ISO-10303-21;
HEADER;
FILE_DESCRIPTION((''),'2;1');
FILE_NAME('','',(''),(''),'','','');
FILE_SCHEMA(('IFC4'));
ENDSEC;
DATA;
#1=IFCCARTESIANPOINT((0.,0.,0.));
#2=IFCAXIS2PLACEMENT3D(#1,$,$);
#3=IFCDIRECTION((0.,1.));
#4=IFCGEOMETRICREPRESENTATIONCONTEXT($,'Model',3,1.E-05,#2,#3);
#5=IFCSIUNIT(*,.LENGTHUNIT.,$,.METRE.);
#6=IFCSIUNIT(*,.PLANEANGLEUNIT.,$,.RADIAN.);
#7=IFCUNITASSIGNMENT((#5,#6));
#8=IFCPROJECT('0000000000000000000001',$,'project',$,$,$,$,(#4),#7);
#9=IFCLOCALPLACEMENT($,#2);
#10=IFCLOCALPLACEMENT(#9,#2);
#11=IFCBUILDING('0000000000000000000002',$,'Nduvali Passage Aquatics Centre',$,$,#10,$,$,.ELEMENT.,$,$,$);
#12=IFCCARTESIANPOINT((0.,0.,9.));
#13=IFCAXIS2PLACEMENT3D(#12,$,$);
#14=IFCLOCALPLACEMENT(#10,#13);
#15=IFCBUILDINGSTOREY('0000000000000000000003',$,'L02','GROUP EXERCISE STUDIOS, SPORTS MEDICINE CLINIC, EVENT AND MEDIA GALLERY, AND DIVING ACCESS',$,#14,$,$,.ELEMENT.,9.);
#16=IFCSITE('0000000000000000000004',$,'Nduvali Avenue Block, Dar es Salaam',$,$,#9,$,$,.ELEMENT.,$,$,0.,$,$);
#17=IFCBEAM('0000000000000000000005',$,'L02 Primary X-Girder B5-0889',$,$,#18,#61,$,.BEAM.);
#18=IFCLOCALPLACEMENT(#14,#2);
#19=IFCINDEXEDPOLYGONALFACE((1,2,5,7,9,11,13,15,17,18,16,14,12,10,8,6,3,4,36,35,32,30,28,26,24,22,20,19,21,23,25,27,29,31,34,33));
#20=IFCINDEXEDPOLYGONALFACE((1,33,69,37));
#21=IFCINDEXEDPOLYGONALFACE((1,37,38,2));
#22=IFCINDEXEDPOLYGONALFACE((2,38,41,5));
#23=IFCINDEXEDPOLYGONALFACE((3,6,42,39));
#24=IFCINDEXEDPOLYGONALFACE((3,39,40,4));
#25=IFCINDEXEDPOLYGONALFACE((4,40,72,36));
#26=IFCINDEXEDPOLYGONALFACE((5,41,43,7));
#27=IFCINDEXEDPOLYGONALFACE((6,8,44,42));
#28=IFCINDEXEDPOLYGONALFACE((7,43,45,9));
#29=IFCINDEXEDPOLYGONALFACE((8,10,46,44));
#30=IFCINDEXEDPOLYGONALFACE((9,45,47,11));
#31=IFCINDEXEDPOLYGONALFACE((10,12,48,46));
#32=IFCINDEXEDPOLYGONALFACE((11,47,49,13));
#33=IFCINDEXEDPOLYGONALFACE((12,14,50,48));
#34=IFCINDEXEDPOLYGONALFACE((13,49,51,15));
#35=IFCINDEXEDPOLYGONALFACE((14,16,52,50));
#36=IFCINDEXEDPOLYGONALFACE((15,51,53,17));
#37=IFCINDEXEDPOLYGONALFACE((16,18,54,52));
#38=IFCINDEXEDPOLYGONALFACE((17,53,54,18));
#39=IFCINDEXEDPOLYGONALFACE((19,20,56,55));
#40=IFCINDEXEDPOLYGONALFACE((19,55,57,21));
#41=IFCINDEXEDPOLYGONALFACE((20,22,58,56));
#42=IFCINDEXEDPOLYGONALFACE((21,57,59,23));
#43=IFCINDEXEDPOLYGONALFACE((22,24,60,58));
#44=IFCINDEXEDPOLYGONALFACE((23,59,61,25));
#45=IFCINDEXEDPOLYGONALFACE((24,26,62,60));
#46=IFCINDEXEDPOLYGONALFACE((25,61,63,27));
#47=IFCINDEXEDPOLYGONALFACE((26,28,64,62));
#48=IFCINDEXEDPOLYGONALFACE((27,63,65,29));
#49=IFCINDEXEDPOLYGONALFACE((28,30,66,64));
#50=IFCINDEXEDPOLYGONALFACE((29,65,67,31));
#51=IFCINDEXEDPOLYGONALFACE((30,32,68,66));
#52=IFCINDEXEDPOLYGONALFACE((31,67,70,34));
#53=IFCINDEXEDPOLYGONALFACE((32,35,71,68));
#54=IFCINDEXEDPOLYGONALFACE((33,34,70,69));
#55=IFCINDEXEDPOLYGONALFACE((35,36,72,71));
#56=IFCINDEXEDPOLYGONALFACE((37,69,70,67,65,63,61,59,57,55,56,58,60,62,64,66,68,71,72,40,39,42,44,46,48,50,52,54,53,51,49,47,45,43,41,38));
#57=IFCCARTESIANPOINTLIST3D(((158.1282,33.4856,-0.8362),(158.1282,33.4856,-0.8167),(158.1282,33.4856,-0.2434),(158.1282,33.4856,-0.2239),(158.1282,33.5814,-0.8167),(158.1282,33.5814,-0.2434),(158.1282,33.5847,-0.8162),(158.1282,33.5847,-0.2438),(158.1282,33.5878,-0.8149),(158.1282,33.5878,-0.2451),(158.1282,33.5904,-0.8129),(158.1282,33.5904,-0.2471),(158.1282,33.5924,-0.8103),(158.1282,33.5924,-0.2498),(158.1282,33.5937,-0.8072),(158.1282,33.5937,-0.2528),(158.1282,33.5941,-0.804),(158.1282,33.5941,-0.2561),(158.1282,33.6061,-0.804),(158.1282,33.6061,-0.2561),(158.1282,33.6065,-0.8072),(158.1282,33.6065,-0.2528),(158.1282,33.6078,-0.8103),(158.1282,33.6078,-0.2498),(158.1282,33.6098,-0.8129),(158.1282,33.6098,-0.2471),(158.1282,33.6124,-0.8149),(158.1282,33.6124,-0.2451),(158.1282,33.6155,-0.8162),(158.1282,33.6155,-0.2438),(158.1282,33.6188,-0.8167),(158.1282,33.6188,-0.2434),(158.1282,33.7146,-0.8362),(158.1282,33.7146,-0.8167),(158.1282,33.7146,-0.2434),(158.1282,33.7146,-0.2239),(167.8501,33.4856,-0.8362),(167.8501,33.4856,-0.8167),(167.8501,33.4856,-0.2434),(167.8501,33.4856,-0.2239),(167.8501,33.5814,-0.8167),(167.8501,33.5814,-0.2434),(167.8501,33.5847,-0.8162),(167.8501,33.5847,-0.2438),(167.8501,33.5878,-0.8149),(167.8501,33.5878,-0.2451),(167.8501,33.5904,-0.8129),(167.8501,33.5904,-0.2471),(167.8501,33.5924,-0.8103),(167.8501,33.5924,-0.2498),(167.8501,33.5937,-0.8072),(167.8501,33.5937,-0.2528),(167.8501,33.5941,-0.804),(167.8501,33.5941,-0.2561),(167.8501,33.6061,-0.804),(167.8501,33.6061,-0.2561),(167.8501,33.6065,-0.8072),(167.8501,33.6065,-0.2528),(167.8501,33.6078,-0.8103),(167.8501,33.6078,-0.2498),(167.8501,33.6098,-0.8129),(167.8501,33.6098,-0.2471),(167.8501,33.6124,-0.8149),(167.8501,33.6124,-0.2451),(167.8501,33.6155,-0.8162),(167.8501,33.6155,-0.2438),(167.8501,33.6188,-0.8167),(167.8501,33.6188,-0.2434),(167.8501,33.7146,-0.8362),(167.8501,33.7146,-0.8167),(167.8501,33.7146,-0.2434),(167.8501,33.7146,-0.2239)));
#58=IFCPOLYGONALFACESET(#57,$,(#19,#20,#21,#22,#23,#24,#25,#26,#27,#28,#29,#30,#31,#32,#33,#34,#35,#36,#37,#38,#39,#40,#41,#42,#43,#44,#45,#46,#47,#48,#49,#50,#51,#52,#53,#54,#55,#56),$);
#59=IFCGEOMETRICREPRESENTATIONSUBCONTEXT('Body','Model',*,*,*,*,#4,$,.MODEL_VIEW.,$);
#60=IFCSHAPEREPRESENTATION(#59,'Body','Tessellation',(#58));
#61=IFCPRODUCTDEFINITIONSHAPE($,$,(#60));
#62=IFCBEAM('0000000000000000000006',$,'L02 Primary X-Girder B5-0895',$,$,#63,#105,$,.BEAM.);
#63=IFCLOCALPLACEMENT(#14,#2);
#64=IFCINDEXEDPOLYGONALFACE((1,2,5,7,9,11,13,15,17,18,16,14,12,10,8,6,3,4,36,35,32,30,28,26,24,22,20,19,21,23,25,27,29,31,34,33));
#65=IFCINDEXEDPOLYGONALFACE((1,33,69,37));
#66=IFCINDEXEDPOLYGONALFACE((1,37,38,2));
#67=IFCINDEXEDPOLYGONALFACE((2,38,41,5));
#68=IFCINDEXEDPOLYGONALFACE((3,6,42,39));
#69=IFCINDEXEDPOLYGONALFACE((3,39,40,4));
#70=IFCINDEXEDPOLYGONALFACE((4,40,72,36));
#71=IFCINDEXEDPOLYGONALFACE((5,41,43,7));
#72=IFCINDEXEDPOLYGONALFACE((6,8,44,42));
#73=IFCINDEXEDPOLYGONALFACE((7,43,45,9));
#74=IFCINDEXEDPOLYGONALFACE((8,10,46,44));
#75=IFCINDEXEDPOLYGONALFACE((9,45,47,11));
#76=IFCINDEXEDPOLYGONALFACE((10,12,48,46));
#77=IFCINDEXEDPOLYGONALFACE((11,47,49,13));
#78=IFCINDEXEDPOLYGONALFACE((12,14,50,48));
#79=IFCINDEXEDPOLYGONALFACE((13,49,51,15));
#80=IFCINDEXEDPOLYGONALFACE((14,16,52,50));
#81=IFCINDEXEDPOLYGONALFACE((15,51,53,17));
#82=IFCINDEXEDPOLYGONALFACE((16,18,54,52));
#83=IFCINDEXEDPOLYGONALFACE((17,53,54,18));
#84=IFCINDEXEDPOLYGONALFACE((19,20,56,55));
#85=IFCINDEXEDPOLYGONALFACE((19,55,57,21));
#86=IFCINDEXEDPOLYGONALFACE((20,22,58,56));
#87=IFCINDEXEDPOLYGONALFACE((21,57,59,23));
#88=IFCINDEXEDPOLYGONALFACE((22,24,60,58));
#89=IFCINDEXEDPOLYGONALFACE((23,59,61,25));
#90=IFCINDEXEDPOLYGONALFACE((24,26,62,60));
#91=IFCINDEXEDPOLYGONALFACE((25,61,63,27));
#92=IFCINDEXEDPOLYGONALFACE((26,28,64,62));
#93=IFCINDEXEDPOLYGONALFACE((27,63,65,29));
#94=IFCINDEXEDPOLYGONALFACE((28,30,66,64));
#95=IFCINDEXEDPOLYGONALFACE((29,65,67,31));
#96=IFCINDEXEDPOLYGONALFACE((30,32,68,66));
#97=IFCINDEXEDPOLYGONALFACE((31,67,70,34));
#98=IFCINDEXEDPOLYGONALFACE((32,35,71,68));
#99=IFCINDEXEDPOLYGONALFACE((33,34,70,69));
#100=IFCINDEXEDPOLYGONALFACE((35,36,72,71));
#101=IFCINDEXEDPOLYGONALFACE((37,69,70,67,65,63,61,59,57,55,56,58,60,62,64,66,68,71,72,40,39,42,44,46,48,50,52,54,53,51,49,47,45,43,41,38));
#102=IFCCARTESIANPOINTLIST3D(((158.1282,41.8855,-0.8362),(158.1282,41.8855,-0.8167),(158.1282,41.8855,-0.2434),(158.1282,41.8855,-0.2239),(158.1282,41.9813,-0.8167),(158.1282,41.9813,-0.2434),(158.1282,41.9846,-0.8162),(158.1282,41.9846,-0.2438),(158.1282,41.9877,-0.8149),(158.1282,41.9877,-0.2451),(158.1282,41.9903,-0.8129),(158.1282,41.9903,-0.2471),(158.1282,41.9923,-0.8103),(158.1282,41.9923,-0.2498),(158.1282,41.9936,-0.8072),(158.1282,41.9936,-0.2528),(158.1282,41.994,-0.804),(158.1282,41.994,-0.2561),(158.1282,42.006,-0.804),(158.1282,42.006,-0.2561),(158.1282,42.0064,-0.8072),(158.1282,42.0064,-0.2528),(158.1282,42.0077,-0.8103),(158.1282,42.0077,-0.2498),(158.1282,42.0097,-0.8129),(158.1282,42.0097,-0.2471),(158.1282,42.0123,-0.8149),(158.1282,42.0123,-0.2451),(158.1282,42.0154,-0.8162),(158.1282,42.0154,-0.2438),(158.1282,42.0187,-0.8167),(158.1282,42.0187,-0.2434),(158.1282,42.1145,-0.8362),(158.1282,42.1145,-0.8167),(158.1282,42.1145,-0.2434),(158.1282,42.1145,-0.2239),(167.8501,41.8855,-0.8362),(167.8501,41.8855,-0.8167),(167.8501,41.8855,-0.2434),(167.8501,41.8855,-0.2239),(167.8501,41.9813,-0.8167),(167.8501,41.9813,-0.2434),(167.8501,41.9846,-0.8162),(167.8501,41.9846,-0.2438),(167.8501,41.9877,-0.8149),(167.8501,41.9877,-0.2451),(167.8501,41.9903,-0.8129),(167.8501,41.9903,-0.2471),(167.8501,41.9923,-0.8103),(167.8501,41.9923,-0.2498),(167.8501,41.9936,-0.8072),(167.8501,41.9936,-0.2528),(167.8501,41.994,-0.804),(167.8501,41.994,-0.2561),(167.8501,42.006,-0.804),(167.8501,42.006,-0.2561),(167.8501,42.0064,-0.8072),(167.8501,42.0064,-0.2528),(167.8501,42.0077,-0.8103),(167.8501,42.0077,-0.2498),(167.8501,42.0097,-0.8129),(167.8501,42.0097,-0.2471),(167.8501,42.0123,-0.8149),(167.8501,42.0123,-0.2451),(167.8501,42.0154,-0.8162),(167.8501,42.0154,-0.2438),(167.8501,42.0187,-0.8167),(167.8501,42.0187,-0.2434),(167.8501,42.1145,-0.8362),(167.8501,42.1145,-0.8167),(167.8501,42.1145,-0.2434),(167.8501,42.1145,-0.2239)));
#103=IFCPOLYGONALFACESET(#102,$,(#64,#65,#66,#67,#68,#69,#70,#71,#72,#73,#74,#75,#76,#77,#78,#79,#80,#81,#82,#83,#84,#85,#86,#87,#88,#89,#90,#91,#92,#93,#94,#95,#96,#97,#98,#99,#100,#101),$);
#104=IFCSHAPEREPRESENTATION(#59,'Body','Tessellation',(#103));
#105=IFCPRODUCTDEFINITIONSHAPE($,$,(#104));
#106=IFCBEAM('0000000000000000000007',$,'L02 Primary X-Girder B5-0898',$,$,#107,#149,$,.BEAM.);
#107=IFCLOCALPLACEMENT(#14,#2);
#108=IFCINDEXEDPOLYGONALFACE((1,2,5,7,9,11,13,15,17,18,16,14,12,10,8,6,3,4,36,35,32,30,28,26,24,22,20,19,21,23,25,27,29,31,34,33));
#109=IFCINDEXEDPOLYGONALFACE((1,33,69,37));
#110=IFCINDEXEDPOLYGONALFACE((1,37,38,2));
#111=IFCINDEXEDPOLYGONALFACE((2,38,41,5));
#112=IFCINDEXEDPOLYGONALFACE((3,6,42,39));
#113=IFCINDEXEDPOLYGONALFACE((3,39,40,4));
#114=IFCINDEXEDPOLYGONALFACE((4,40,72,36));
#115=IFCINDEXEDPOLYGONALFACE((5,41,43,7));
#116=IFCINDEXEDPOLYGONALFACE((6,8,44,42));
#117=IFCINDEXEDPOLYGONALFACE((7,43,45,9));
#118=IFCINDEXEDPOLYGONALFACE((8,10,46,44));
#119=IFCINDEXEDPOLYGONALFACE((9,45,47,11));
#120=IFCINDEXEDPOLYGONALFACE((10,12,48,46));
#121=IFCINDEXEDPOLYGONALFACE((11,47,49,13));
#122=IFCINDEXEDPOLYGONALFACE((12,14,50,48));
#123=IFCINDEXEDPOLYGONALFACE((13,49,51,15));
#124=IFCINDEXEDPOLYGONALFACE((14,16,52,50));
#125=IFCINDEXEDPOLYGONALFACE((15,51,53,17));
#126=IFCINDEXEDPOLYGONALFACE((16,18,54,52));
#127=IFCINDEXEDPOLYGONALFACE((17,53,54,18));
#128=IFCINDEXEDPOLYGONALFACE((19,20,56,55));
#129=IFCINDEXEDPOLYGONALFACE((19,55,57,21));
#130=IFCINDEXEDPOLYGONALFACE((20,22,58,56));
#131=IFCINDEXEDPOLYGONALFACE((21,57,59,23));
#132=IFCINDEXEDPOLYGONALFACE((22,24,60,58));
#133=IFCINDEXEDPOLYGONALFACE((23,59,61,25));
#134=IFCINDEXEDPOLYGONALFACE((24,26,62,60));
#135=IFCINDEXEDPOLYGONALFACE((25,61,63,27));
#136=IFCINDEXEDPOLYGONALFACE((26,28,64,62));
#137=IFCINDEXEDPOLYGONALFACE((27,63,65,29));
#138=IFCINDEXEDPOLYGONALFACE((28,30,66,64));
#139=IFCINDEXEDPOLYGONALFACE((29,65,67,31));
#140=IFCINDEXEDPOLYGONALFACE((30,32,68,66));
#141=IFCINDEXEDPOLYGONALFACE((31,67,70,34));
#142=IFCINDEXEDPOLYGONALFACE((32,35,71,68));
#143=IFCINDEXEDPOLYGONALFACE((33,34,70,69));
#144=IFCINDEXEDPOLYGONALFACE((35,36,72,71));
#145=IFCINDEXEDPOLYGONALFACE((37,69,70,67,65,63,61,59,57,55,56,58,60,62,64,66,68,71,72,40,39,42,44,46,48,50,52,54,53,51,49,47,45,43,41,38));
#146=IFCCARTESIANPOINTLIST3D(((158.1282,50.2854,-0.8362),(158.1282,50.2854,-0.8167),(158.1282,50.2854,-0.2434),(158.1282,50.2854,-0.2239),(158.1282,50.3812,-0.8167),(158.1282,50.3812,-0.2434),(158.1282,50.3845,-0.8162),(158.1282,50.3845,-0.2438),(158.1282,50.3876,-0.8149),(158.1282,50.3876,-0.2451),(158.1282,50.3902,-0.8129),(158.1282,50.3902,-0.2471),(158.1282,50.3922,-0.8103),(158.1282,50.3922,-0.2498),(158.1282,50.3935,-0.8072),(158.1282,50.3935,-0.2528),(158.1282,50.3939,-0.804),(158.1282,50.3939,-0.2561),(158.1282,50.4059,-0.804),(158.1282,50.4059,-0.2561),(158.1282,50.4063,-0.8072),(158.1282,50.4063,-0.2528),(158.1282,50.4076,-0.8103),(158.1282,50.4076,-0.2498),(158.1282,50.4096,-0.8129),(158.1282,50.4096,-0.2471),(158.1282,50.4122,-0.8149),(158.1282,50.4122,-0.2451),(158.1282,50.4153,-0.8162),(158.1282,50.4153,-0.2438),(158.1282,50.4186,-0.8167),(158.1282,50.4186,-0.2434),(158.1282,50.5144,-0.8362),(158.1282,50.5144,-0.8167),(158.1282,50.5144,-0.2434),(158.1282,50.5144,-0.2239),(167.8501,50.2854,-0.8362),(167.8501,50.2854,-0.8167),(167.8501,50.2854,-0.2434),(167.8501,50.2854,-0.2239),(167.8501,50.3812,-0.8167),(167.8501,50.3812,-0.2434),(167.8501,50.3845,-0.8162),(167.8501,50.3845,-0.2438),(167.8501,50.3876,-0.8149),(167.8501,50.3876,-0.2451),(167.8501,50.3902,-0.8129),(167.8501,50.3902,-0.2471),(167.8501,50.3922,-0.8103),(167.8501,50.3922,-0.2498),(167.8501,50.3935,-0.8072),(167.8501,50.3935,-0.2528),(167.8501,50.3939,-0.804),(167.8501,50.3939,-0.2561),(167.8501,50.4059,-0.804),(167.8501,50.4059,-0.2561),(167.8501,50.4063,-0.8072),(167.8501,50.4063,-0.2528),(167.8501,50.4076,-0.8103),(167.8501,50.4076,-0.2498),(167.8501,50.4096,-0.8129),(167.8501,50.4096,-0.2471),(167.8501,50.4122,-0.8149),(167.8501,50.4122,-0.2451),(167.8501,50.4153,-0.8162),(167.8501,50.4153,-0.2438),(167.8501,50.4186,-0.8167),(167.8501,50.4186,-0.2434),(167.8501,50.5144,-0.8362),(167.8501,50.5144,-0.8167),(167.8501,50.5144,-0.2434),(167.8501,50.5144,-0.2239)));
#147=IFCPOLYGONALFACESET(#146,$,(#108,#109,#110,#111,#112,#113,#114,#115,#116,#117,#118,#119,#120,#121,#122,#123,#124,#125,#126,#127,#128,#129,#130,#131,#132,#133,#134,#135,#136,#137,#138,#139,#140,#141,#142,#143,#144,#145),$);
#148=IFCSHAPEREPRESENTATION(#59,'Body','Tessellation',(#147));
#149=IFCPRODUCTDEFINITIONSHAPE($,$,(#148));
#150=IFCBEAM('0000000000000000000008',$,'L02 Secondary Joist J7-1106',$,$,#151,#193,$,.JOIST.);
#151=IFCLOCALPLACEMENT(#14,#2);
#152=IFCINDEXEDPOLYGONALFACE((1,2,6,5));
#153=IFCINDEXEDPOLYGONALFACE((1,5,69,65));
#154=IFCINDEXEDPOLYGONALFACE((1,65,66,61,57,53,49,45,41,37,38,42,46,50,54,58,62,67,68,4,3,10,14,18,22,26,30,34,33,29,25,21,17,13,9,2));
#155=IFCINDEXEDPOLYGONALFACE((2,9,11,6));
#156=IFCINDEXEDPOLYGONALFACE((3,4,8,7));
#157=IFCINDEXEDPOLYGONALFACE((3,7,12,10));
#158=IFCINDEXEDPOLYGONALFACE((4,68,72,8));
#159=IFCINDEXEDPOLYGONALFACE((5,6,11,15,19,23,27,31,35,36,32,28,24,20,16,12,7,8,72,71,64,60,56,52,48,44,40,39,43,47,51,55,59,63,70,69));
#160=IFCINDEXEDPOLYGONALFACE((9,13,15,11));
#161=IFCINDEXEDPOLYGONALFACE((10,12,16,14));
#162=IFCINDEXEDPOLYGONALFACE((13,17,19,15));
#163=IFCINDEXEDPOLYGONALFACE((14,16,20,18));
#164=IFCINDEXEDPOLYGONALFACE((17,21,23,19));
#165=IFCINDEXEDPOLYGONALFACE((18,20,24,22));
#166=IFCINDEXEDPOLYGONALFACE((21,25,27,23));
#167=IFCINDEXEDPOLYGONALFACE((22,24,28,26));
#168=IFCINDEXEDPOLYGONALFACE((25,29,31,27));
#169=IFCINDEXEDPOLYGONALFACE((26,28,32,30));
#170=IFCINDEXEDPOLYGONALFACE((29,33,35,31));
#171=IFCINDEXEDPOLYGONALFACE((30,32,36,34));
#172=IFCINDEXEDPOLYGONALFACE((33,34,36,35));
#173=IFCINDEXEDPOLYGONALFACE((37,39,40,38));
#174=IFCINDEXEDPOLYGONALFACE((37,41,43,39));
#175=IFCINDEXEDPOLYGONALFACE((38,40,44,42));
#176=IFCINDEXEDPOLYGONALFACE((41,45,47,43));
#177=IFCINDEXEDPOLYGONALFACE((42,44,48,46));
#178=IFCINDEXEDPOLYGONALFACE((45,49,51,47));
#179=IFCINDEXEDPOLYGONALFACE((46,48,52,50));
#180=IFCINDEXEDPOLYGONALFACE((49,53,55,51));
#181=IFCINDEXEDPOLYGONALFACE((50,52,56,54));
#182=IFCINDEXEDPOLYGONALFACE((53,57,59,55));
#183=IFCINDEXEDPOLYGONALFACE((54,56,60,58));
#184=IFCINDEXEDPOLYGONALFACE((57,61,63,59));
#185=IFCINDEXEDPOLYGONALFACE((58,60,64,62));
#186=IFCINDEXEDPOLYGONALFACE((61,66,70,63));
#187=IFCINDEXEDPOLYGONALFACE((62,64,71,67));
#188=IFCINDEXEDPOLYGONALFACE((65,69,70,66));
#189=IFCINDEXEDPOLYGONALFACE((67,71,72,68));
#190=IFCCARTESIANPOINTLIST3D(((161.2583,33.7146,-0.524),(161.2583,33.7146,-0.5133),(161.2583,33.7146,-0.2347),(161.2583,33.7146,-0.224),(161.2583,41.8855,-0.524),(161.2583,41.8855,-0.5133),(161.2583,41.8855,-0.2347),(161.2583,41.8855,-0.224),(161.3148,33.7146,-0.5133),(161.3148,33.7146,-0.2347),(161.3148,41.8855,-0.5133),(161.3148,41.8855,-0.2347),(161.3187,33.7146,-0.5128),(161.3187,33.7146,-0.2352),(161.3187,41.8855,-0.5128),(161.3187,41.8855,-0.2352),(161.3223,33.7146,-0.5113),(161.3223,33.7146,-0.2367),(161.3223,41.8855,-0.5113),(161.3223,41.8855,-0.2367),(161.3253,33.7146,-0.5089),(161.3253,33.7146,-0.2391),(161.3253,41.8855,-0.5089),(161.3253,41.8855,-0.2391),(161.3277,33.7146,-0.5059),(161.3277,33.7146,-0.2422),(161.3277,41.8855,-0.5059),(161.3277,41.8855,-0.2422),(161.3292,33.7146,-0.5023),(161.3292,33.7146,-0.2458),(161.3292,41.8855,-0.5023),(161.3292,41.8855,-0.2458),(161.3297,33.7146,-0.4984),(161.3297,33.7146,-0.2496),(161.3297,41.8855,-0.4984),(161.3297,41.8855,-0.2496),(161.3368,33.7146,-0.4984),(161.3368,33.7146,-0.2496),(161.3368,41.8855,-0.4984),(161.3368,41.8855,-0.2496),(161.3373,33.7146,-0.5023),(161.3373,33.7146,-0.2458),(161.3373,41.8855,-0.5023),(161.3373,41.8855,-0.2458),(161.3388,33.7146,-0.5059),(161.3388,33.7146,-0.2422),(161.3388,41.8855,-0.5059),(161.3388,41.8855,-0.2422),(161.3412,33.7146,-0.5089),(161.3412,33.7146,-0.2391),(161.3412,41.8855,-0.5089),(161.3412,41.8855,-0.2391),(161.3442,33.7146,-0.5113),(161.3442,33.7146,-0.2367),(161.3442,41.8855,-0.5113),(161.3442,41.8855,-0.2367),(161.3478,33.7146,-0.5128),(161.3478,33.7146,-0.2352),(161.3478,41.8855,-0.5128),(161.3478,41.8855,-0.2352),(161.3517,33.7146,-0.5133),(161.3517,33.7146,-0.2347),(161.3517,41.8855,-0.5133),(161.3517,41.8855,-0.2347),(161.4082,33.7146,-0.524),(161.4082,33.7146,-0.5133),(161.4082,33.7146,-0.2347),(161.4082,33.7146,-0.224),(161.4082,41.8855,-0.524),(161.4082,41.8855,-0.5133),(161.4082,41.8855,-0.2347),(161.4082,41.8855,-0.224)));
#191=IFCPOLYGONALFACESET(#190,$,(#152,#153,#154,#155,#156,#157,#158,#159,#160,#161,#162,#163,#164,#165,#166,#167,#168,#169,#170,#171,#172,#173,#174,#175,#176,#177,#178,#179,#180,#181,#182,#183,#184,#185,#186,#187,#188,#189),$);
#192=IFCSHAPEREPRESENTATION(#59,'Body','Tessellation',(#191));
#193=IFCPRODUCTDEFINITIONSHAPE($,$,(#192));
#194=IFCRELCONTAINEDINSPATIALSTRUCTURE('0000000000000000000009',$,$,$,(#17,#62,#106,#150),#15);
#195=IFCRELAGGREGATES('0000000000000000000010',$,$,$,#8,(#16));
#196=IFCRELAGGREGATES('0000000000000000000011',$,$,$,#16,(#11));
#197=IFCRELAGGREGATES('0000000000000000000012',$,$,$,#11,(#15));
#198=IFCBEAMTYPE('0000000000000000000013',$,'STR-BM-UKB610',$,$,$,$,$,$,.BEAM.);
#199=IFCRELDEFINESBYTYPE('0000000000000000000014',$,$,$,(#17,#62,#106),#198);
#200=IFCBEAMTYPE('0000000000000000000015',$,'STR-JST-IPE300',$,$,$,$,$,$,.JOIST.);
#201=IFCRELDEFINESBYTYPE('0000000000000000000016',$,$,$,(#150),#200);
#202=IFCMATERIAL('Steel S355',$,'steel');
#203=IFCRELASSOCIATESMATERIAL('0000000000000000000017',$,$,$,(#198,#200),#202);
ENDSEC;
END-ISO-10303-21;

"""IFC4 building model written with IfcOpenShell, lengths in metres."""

from ifc_helpers import new_model, si_unit, direction, frame, origin, origin_2d, place, context, subcontext, project, spatial, i_section, extrude, material, material_profile, profile_set, type_object, element, save


model = new_model("IFC4")

# Units and contexts
model_context = context("Model", 3, precision=1e-05, world=origin(), true_north=direction((0.0, 1.0)))
body_context = subcontext(model_context, "Body", "Model", "MODEL_VIEW")
ifc_project = project(units=[si_unit("LENGTHUNIT", "METRE"), si_unit("PLANEANGLEUNIT", "RADIAN")], contexts=[model_context])

# Site, building, storey
site_placement = place(None, origin())
site = spatial("IfcSite", under=ifc_project, at=site_placement, Name="Nduvali Avenue Block, Dar es Salaam", CompositionType="ELEMENT", RefElevation=0.0)
building_placement = place(site_placement, origin())
building = spatial("IfcBuilding", under=site, at=building_placement, Name="Nduvali Passage Aquatics Centre", CompositionType="ELEMENT")
storey_placement = place(building_placement, frame((0.0, 0.0, 9.0)))
storey = spatial("IfcBuildingStorey", under=building, at=storey_placement, Name="L02", Description="GROUP EXERCISE STUDIOS, SPORTS MEDICINE CLINIC, EVENT AND MEDIA GALLERY, AND DIVING ACCESS", CompositionType="ELEMENT", Elevation=9.0)

# Beams
ifc_material_1 = material(Name="Steel S355", Category="steel")
ifc_material_profile_1 = material_profile(ifc_material_1, i_section(OverallWidth=0.229, OverallDepth=0.6123, WebThickness=0.012, FlangeThickness=0.0195, FilletRadius=0.0127, at=origin_2d()), Name="UKB 610x229x125")
ifc_profile_set_1 = profile_set([ifc_material_profile_1], Name="Steel S355")
beam_type_1 = type_object("IfcBeamType", Name="STR-BM-UKB610", PredefinedType="BEAM", material=ifc_profile_set_1)
for number, where, z_axis, x_axis, name in (
    (1, (158.1282, 33.6001, -0.53), (1.0, 0.0, 0.0), (0.0, 1.0, 0.0), "L02 Primary X-Girder B5-0889"),
    (2, (158.1282, 42.0, -0.53), (1.0, 0.0, 0.0), (0.0, 1.0, 0.0), "L02 Primary X-Girder B5-0895"),
    (3, (158.1282, 50.3999, -0.53), (1.0, 0.0, 0.0), (0.0, 1.0, 0.0), "L02 Primary X-Girder B5-0898"),
):
    element("IfcBeam", number, at=place(storey_placement, frame(where, z_axis=z_axis, x_axis=x_axis)), inside=storey, type_object=beam_type_1, Name=name, PredefinedType="BEAM", context=body_context, shape_type="SweptSolid", body=[
        extrude(i_section(OverallWidth=0.229, OverallDepth=0.6123, WebThickness=0.012, FlangeThickness=0.0195, FilletRadius=0.0127, at=origin_2d()), origin(), (0.0, 0.0, 1.0), 9.7219),
    ])
ifc_material_profile_2 = material_profile(ifc_material_1, i_section(OverallWidth=0.1499, OverallDepth=0.3, WebThickness=0.0071, FlangeThickness=0.0107, FilletRadius=0.0149, at=origin_2d()), Name="IPE 300")
ifc_profile_set_2 = profile_set([ifc_material_profile_2], Name="Steel S355")
beam_type_2 = type_object("IfcBeamType", Name="STR-JST-IPE300", PredefinedType="JOIST", material=ifc_profile_set_2)
for number, where, z_axis, x_axis, name in (
    (4, (161.3333, 33.7146, -0.374), (0.0, 1.0, 0.0), (-1.0, 0.0, 0.0), "L02 Secondary Joist J7-1106"),
):
    element("IfcBeam", number, at=place(storey_placement, frame(where, z_axis=z_axis, x_axis=x_axis)), inside=storey, type_object=beam_type_2, Name=name, PredefinedType="JOIST", context=body_context, shape_type="SweptSolid", body=[
        extrude(i_section(OverallWidth=0.1499, OverallDepth=0.3, WebThickness=0.0071, FlangeThickness=0.0107, FilletRadius=0.0149, at=origin_2d()), origin(), (0.0, 0.0, 1.0), 8.1709),
    ])

save(model, "model.ifc")
